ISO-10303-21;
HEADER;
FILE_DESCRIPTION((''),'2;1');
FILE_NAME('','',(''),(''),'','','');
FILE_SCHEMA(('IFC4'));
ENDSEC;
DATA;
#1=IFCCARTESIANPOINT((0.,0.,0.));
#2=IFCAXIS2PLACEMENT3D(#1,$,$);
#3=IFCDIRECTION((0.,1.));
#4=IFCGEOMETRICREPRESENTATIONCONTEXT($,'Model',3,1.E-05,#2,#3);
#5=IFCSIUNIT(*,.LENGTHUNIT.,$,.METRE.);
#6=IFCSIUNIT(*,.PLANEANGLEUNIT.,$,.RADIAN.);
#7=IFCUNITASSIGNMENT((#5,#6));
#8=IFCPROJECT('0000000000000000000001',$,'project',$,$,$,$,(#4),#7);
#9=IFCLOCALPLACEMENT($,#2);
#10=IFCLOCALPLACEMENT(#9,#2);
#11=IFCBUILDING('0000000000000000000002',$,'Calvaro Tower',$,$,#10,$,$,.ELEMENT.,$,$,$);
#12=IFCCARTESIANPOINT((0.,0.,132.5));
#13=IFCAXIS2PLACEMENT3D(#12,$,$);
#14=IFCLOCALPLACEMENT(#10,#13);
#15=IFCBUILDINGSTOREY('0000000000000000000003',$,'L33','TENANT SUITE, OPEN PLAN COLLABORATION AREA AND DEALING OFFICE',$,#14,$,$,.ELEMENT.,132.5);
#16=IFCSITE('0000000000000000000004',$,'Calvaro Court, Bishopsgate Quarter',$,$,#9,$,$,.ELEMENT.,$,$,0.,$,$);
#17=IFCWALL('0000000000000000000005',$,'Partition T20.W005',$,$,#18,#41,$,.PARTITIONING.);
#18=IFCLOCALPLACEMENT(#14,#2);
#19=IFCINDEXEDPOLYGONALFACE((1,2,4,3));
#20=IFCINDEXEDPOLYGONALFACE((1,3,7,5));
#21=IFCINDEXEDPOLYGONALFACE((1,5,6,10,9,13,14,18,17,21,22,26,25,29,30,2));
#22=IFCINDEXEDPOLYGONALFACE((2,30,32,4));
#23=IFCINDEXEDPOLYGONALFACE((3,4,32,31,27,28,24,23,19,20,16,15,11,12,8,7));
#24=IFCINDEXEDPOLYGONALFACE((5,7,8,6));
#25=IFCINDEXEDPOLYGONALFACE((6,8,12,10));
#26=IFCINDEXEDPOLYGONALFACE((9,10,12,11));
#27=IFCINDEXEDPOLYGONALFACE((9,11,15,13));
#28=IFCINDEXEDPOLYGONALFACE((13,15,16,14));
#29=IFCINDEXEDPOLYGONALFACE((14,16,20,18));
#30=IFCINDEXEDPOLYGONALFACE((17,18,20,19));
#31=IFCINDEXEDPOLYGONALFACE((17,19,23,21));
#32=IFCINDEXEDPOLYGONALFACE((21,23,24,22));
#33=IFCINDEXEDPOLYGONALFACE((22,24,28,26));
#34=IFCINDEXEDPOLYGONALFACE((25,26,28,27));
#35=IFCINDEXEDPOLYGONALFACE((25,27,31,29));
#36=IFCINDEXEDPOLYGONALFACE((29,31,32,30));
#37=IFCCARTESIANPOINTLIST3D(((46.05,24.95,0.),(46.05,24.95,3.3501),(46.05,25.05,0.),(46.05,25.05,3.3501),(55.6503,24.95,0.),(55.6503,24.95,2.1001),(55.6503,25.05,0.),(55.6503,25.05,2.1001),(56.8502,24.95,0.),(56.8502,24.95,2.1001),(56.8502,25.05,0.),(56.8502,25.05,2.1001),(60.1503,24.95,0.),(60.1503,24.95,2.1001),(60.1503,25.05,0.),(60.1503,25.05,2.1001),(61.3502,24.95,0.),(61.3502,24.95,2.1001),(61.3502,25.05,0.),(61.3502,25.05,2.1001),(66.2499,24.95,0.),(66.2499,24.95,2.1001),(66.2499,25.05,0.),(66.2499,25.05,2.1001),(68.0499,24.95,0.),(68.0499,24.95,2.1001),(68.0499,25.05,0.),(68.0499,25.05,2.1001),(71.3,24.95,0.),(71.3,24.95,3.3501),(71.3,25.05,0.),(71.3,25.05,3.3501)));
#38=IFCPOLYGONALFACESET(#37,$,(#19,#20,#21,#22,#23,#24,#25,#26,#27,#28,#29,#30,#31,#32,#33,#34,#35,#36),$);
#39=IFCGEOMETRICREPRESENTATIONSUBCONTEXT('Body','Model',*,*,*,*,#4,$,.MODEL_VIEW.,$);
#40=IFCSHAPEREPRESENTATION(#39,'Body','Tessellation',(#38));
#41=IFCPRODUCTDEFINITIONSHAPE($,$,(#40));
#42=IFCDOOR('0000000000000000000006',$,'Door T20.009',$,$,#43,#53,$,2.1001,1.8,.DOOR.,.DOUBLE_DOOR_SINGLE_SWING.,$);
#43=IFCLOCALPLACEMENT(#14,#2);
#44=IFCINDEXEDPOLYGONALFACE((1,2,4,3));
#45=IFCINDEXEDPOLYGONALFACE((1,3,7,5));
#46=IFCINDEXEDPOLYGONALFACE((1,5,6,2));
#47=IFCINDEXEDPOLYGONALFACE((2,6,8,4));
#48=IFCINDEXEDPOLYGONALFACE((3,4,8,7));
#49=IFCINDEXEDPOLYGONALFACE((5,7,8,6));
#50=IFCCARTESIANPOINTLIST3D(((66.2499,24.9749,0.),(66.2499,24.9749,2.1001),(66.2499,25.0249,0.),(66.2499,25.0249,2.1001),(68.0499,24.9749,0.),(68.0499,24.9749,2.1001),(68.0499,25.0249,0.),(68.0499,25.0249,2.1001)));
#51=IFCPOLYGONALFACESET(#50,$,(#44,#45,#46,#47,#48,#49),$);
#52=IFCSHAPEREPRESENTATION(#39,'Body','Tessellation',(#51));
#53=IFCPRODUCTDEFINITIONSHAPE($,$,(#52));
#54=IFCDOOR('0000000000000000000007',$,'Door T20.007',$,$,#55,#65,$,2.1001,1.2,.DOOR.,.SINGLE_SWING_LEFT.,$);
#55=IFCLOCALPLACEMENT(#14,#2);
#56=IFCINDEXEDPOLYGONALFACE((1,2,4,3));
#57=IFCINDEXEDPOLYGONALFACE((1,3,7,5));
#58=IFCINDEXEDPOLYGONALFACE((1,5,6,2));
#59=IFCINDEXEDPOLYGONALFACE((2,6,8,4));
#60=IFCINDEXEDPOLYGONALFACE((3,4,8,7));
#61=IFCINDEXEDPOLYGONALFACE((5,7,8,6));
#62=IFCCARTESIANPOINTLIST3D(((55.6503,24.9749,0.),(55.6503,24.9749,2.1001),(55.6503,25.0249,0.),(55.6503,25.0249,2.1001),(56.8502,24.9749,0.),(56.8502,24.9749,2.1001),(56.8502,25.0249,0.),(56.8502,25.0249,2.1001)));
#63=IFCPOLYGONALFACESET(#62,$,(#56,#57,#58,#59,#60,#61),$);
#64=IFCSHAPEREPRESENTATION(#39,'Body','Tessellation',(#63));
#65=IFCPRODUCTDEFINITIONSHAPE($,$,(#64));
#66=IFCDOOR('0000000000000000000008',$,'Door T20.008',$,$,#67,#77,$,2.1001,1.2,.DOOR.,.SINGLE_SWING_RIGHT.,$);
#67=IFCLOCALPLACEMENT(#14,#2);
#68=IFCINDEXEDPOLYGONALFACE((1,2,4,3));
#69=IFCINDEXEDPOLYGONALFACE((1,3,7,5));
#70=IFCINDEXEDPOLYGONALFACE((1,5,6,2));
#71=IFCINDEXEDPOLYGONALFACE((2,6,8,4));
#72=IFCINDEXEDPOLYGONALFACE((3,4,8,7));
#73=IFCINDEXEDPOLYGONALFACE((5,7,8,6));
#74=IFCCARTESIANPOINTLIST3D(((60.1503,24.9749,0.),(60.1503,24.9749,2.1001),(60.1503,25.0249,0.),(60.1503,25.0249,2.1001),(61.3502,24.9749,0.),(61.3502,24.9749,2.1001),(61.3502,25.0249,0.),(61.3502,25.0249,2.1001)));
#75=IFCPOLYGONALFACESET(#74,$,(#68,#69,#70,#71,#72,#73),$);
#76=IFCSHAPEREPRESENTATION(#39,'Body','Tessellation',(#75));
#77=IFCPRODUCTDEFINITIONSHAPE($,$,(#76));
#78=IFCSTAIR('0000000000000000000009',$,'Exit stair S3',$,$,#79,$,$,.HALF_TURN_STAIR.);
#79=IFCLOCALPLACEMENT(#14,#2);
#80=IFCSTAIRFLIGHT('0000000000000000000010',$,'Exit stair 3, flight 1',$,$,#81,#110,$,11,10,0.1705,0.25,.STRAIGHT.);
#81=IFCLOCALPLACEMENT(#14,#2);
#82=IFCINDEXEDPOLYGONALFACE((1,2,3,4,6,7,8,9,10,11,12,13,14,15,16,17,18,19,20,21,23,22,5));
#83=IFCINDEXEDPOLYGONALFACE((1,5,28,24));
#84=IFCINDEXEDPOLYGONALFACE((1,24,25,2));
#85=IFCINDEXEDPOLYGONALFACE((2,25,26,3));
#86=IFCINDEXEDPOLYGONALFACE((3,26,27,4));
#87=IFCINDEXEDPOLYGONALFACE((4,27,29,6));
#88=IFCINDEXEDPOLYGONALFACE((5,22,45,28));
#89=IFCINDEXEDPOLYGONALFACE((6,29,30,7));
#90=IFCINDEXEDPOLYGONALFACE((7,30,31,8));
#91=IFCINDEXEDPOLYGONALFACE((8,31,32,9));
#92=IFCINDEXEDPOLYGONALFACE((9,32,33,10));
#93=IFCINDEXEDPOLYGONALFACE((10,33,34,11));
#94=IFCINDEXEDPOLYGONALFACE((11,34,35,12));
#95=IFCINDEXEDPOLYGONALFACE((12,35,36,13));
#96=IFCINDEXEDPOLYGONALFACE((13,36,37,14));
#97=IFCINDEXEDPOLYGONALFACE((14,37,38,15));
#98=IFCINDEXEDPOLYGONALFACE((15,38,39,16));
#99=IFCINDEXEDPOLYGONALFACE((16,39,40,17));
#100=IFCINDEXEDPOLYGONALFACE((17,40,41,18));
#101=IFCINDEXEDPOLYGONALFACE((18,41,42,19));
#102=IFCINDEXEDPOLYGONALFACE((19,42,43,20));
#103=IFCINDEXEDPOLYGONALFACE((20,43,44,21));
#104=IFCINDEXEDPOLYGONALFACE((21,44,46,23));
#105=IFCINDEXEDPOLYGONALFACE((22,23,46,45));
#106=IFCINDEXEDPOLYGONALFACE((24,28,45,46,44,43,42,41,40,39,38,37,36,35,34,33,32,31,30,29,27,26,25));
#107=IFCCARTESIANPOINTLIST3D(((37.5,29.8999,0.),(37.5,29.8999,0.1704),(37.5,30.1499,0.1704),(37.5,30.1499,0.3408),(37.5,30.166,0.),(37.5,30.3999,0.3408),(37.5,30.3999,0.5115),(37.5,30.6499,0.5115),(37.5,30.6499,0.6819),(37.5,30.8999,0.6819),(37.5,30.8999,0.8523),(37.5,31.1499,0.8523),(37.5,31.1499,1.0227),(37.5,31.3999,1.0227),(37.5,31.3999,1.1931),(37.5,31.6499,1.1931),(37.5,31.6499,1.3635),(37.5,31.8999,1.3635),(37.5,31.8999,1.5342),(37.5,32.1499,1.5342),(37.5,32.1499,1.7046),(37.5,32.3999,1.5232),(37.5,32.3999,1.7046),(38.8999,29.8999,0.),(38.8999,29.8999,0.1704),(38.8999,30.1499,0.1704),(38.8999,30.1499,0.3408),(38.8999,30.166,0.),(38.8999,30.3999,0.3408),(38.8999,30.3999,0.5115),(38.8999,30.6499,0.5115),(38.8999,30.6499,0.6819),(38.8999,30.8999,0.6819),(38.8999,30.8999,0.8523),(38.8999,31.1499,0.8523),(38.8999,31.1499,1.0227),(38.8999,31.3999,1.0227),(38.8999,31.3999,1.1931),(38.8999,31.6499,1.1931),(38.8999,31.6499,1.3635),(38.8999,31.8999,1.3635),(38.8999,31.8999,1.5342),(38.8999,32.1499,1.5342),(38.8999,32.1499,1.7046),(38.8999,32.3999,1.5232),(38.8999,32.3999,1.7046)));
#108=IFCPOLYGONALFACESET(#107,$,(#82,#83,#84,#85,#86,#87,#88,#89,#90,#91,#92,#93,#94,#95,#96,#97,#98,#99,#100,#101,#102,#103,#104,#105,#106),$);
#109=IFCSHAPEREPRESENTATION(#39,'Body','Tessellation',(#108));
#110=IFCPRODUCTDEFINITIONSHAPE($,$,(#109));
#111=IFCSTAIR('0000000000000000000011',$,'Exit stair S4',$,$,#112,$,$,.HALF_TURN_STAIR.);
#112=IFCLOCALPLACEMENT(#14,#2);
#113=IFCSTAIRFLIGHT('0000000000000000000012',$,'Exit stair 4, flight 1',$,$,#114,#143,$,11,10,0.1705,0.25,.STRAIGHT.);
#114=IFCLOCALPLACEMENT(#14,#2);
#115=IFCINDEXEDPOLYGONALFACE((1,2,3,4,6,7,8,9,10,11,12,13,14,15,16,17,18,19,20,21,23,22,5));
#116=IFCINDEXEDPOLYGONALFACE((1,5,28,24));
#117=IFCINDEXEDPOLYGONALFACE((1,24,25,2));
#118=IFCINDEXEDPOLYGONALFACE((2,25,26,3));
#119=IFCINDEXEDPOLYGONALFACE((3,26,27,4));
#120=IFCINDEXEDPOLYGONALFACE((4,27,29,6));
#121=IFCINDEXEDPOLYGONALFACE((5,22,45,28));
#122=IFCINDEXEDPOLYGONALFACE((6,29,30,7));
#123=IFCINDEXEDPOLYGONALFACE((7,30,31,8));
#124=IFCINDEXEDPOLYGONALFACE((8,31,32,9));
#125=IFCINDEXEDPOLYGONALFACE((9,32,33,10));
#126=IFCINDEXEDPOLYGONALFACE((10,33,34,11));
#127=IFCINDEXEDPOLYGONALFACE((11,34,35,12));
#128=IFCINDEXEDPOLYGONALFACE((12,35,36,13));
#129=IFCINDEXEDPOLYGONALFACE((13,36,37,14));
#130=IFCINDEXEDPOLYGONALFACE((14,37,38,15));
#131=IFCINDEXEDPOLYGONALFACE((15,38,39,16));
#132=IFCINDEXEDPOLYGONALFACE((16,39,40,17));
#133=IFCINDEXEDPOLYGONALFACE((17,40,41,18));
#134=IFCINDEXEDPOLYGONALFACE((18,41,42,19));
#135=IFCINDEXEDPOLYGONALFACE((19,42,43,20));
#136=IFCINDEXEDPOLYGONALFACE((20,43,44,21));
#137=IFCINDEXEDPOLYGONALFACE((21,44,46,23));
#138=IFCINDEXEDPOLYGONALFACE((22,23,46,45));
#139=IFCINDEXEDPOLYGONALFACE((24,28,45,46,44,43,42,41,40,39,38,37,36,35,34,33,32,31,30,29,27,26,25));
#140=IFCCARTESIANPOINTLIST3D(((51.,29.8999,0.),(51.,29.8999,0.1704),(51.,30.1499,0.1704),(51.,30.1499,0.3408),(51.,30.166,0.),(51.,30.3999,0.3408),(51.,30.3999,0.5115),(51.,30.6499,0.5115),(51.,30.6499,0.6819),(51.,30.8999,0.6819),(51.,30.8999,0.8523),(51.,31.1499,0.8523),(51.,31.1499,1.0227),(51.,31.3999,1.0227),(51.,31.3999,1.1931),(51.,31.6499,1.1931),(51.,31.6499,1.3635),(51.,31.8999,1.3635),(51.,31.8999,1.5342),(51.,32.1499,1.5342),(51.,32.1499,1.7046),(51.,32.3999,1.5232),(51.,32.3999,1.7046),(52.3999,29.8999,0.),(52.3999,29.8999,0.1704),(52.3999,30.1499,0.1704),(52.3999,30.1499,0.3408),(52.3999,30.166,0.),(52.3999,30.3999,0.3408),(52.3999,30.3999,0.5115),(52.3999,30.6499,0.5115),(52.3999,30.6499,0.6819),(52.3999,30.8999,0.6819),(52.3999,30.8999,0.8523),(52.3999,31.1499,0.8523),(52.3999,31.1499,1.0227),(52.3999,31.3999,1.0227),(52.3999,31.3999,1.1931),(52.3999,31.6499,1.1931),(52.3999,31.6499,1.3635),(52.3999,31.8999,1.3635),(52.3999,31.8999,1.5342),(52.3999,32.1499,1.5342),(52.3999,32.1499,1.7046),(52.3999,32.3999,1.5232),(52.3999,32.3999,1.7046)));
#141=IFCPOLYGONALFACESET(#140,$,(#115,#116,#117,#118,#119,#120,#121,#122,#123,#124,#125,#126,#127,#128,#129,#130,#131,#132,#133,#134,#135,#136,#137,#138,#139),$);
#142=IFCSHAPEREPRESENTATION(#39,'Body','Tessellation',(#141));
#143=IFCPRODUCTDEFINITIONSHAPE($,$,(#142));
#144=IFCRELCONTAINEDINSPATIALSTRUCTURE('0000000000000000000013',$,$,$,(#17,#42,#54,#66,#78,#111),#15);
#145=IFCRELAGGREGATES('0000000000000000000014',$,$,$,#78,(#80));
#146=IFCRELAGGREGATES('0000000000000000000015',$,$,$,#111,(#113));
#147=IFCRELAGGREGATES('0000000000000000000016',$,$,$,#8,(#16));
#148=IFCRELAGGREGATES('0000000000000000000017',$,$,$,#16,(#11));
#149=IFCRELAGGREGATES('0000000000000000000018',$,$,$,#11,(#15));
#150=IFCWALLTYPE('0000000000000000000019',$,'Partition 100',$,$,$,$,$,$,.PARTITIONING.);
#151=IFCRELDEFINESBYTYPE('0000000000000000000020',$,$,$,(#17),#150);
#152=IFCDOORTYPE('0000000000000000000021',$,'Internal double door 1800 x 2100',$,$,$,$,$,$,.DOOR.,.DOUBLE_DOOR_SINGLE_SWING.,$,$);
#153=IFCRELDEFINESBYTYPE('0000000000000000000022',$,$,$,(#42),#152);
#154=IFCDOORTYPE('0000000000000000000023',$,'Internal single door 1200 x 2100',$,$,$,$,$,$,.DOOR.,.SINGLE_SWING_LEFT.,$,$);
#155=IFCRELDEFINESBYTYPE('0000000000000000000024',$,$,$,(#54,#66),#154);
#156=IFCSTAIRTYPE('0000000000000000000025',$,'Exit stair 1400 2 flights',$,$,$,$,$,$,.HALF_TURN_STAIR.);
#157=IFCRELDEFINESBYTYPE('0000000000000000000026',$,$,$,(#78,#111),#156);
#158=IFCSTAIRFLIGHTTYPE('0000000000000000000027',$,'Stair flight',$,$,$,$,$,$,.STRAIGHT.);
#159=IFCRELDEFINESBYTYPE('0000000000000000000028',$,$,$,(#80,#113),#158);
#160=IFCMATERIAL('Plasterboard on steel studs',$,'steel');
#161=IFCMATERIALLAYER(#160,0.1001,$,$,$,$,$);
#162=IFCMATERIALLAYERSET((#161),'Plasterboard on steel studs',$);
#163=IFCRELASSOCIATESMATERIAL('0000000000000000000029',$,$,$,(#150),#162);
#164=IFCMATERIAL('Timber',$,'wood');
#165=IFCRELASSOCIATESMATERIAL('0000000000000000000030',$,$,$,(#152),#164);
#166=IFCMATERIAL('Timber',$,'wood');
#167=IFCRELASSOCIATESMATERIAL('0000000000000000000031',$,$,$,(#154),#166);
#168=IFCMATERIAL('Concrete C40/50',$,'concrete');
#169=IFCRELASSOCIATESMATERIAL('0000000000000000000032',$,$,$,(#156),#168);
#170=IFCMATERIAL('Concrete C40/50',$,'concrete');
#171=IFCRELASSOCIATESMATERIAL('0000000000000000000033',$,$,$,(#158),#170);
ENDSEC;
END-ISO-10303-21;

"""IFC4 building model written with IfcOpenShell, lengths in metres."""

from ifc_helpers import new_model, si_unit, direction, frame, frame_2d, origin, place, context, subcontext, project, spatial, polyline, rectangle, outline, extrude, material, layer, layer_set, type_object, element, fill, aggregate, save


model = new_model("IFC4")

# Units and contexts
model_context = context("Model", 3, precision=1e-05, world=origin(), true_north=direction((0.0, 1.0)))
body_context = subcontext(model_context, "Body", "Model", "MODEL_VIEW")
ifc_project = project(units=[si_unit("LENGTHUNIT", "METRE"), si_unit("PLANEANGLEUNIT", "RADIAN")], contexts=[model_context])

# Site, building, storey
site_placement = place(None, origin())
site = spatial("IfcSite", under=ifc_project, at=site_placement, Name="Calvaro Court, Bishopsgate Quarter", CompositionType="ELEMENT", RefElevation=0.0)
building_placement = place(site_placement, origin())
building = spatial("IfcBuilding", under=site, at=building_placement, Name="Calvaro Tower", CompositionType="ELEMENT")
storey_placement = place(building_placement, frame((0.0, 0.0, 132.5)))
storey = spatial("IfcBuildingStorey", under=building, at=storey_placement, Name="L33", Description="TENANT SUITE, OPEN PLAN COLLABORATION AREA AND DEALING OFFICE", CompositionType="ELEMENT", Elevation=132.5)

# Shared definitions
ifc_material_1 = material(Name="Plasterboard on steel studs", Category="steel")
ifc_layer_1 = layer(ifc_material_1, 0.1001)
ifc_layer_set_1 = layer_set([ifc_layer_1], Name="Plasterboard on steel studs")
wall_type_1 = type_object("IfcWallType", Name="Partition 100", PredefinedType="PARTITIONING", material=ifc_layer_set_1)

# Wall, openings, doors
wall_1_placement = place(storey_placement, frame((46.05, 25.0, 0.0), z_axis=(0.0, 0.0, 1.0), x_axis=(1.0, 0.0, 0.0)))
wall_1 = element("IfcWall", 1, at=wall_1_placement, inside=storey, type_object=wall_type_1, Name="Partition T20.W005", PredefinedType="PARTITIONING", context=body_context, shape_type="SweptSolid", body=[
    extrude(rectangle(XDim=25.25, YDim=0.1001, at=frame_2d((12.625, 0.0))), origin(), (0.0, 0.0, 1.0), 3.3501),
])
opening_1_placement = place(wall_1_placement, frame((9.6001, 0.0, 0.0)))
opening_1 = element("IfcOpeningElement", 2, at=opening_1_placement, cuts=wall_1, PredefinedType="OPENING", context=body_context, shape_type="SweptSolid", body=[
    extrude(rectangle(XDim=1.2, YDim=2.1001, at=frame_2d((0.6001, 1.05))), frame((0.0, 0.0601, 0.0), z_axis=(0.0, -1.0, 0.0), x_axis=(1.0, 0.0, 0.0)), (0.0, 0.0, 1.0), 0.1201),
])
opening_2_placement = place(wall_1_placement, frame((14.1001, 0.0, 0.0)))
opening_2 = element("IfcOpeningElement", 3, at=opening_2_placement, cuts=wall_1, PredefinedType="OPENING", context=body_context, shape_type="SweptSolid", body=[
    extrude(rectangle(XDim=1.2, YDim=2.1001, at=frame_2d((0.6001, 1.05))), frame((0.0, 0.0601, 0.0), z_axis=(0.0, -1.0, 0.0), x_axis=(1.0, 0.0, 0.0)), (0.0, 0.0, 1.0), 0.1201),
])
opening_3_placement = place(wall_1_placement, frame((20.2, 0.0, 0.0)))
opening_3 = element("IfcOpeningElement", 4, at=opening_3_placement, cuts=wall_1, PredefinedType="OPENING", context=body_context, shape_type="SweptSolid", body=[
    extrude(rectangle(XDim=1.8, YDim=2.1001, at=frame_2d((0.8999, 1.05))), frame((0.0, 0.0601, 0.0), z_axis=(0.0, -1.0, 0.0), x_axis=(1.0, 0.0, 0.0)), (0.0, 0.0, 1.0), 0.1201),
])
ifc_material_2 = material(Name="Timber", Category="wood")
door_type_1 = type_object("IfcDoorType", Name="Internal double door 1800 x 2100", OperationType="DOUBLE_DOOR_SINGLE_SWING", PredefinedType="DOOR", material=ifc_material_2)
door_1_placement = place(opening_3_placement, origin())
door_1 = element("IfcDoor", 5, at=door_1_placement, inside=storey, type_object=door_type_1, Name="Door T20.009", OperationType="DOUBLE_DOOR_SINGLE_SWING", OverallHeight=2.1001, OverallWidth=1.8, PredefinedType="DOOR", context=body_context, shape_type="SweptSolid", body=[
    extrude(rectangle(XDim=1.8, YDim=2.1001, at=frame_2d((0.8999, 1.05))), frame((0.0, 0.0249, 0.0), z_axis=(0.0, -1.0, 0.0), x_axis=(1.0, 0.0, 0.0)), (0.0, 0.0, 1.0), 0.05),
])
fill(opening_3, door_1)
ifc_material_3 = material(Name="Timber", Category="wood")
door_type_2 = type_object("IfcDoorType", Name="Internal single door 1200 x 2100", OperationType="SINGLE_SWING_LEFT", PredefinedType="DOOR", material=ifc_material_3)
door_2_placement = place(opening_1_placement, origin())
door_2 = element("IfcDoor", 6, at=door_2_placement, inside=storey, type_object=door_type_2, Name="Door T20.007", OperationType="SINGLE_SWING_LEFT", OverallHeight=2.1001, OverallWidth=1.2, PredefinedType="DOOR", context=body_context, shape_type="SweptSolid", body=[
    extrude(rectangle(XDim=1.2, YDim=2.1001, at=frame_2d((0.6001, 1.05))), frame((0.0, 0.0249, 0.0), z_axis=(0.0, -1.0, 0.0), x_axis=(1.0, 0.0, 0.0)), (0.0, 0.0, 1.0), 0.05),
])
fill(opening_1, door_2)
door_3_placement = place(opening_2_placement, origin())
door_3 = element("IfcDoor", 7, at=door_3_placement, inside=storey, type_object=door_type_2, Name="Door T20.008", OperationType="SINGLE_SWING_RIGHT", OverallHeight=2.1001, OverallWidth=1.2, PredefinedType="DOOR", context=body_context, shape_type="SweptSolid", body=[
    extrude(rectangle(XDim=1.2, YDim=2.1001, at=frame_2d((0.6001, 1.05))), frame((0.0, 0.0249, 0.0), z_axis=(0.0, -1.0, 0.0), x_axis=(1.0, 0.0, 0.0)), (0.0, 0.0, 1.0), 0.05),
])
fill(opening_2, door_3)

# Stairs, stair flights
ifc_material_4 = material(Name="Concrete C40/50", Category="concrete")
stair_type = type_object("IfcStairType", Name="Exit stair 1400 2 flights", PredefinedType="HALF_TURN_STAIR", material=ifc_material_4)
stair_1_placement = place(storey_placement, origin())
stair_1 = element("IfcStair", 8, at=stair_1_placement, inside=storey, type_object=stair_type, Name="Exit stair S3", PredefinedType="HALF_TURN_STAIR")
ifc_material_5 = material(Name="Concrete C40/50", Category="concrete")
stair_flight_type = type_object("IfcStairFlightType", Name="Stair flight", PredefinedType="STRAIGHT", material=ifc_material_5)
stair_flight_1_placement = place(storey_placement, frame((38.2, 29.8999, 0.0), z_axis=(0.0, 0.0, 1.0), x_axis=(0.0, 1.0, 0.0)))
stair_flight_1 = element("IfcStairFlight", 9, at=stair_flight_1_placement, type_object=stair_flight_type, Name="Exit stair 3, flight 1", NumberOfRisers=11, NumberOfTreads=10, PredefinedType="STRAIGHT", RiserHeight=0.1705, TreadLength=0.25, context=body_context, shape_type="SweptSolid", body=[
    extrude(outline(polyline([(0.0, 0.0), (0.0, 0.1704), (0.25, 0.1704), (0.25, 0.3408), (0.5, 0.3408), (0.5, 0.5115), (0.75, 0.5115), (0.75, 0.6819), (1.0, 0.6819), (1.0, 0.8523), (1.25, 0.8523), (1.25, 1.0227), (1.5, 1.0227), (1.5, 1.1931), (1.75, 1.1931), (1.75, 1.3635), (2.0, 1.3635), (2.0, 1.5342), (2.25, 1.5342), (2.25, 1.7046), (2.5, 1.7046), (2.5, 1.875), (2.5, 1.5232), (0.2661, 0.0), (0.0, 0.0)])), frame((0.0, 0.7, 0.0), z_axis=(0.0, -1.0, 0.0), x_axis=(1.0, 0.0, 0.0)), (0.0, 0.0, 1.0), 1.3999),
])
stair_2_placement = place(storey_placement, origin())
stair_2 = element("IfcStair", 10, at=stair_2_placement, inside=storey, type_object=stair_type, Name="Exit stair S4", PredefinedType="HALF_TURN_STAIR")
stair_flight_2_placement = place(storey_placement, frame((51.7, 29.8999, 0.0), z_axis=(0.0, 0.0, 1.0), x_axis=(0.0, 1.0, 0.0)))
stair_flight_2 = element("IfcStairFlight", 11, at=stair_flight_2_placement, type_object=stair_flight_type, Name="Exit stair 4, flight 1", NumberOfRisers=11, NumberOfTreads=10, PredefinedType="STRAIGHT", RiserHeight=0.1705, TreadLength=0.25, context=body_context, shape_type="SweptSolid", body=[
    extrude(outline(polyline([(0.0, 0.0), (0.0, 0.1704), (0.25, 0.1704), (0.25, 0.3408), (0.5, 0.3408), (0.5, 0.5115), (0.75, 0.5115), (0.75, 0.6819), (1.0, 0.6819), (1.0, 0.8523), (1.25, 0.8523), (1.25, 1.0227), (1.5, 1.0227), (1.5, 1.1931), (1.75, 1.1931), (1.75, 1.3635), (2.0, 1.3635), (2.0, 1.5342), (2.25, 1.5342), (2.25, 1.7046), (2.5, 1.7046), (2.5, 1.875), (2.5, 1.5232), (0.2661, 0.0), (0.0, 0.0)])), frame((0.0, 0.7, 0.0), z_axis=(0.0, -1.0, 0.0), x_axis=(1.0, 0.0, 0.0)), (0.0, 0.0, 1.0), 1.3999),
])

aggregate(stair_1, [stair_flight_1])
aggregate(stair_2, [stair_flight_2])

save(model, "model.ifc")
